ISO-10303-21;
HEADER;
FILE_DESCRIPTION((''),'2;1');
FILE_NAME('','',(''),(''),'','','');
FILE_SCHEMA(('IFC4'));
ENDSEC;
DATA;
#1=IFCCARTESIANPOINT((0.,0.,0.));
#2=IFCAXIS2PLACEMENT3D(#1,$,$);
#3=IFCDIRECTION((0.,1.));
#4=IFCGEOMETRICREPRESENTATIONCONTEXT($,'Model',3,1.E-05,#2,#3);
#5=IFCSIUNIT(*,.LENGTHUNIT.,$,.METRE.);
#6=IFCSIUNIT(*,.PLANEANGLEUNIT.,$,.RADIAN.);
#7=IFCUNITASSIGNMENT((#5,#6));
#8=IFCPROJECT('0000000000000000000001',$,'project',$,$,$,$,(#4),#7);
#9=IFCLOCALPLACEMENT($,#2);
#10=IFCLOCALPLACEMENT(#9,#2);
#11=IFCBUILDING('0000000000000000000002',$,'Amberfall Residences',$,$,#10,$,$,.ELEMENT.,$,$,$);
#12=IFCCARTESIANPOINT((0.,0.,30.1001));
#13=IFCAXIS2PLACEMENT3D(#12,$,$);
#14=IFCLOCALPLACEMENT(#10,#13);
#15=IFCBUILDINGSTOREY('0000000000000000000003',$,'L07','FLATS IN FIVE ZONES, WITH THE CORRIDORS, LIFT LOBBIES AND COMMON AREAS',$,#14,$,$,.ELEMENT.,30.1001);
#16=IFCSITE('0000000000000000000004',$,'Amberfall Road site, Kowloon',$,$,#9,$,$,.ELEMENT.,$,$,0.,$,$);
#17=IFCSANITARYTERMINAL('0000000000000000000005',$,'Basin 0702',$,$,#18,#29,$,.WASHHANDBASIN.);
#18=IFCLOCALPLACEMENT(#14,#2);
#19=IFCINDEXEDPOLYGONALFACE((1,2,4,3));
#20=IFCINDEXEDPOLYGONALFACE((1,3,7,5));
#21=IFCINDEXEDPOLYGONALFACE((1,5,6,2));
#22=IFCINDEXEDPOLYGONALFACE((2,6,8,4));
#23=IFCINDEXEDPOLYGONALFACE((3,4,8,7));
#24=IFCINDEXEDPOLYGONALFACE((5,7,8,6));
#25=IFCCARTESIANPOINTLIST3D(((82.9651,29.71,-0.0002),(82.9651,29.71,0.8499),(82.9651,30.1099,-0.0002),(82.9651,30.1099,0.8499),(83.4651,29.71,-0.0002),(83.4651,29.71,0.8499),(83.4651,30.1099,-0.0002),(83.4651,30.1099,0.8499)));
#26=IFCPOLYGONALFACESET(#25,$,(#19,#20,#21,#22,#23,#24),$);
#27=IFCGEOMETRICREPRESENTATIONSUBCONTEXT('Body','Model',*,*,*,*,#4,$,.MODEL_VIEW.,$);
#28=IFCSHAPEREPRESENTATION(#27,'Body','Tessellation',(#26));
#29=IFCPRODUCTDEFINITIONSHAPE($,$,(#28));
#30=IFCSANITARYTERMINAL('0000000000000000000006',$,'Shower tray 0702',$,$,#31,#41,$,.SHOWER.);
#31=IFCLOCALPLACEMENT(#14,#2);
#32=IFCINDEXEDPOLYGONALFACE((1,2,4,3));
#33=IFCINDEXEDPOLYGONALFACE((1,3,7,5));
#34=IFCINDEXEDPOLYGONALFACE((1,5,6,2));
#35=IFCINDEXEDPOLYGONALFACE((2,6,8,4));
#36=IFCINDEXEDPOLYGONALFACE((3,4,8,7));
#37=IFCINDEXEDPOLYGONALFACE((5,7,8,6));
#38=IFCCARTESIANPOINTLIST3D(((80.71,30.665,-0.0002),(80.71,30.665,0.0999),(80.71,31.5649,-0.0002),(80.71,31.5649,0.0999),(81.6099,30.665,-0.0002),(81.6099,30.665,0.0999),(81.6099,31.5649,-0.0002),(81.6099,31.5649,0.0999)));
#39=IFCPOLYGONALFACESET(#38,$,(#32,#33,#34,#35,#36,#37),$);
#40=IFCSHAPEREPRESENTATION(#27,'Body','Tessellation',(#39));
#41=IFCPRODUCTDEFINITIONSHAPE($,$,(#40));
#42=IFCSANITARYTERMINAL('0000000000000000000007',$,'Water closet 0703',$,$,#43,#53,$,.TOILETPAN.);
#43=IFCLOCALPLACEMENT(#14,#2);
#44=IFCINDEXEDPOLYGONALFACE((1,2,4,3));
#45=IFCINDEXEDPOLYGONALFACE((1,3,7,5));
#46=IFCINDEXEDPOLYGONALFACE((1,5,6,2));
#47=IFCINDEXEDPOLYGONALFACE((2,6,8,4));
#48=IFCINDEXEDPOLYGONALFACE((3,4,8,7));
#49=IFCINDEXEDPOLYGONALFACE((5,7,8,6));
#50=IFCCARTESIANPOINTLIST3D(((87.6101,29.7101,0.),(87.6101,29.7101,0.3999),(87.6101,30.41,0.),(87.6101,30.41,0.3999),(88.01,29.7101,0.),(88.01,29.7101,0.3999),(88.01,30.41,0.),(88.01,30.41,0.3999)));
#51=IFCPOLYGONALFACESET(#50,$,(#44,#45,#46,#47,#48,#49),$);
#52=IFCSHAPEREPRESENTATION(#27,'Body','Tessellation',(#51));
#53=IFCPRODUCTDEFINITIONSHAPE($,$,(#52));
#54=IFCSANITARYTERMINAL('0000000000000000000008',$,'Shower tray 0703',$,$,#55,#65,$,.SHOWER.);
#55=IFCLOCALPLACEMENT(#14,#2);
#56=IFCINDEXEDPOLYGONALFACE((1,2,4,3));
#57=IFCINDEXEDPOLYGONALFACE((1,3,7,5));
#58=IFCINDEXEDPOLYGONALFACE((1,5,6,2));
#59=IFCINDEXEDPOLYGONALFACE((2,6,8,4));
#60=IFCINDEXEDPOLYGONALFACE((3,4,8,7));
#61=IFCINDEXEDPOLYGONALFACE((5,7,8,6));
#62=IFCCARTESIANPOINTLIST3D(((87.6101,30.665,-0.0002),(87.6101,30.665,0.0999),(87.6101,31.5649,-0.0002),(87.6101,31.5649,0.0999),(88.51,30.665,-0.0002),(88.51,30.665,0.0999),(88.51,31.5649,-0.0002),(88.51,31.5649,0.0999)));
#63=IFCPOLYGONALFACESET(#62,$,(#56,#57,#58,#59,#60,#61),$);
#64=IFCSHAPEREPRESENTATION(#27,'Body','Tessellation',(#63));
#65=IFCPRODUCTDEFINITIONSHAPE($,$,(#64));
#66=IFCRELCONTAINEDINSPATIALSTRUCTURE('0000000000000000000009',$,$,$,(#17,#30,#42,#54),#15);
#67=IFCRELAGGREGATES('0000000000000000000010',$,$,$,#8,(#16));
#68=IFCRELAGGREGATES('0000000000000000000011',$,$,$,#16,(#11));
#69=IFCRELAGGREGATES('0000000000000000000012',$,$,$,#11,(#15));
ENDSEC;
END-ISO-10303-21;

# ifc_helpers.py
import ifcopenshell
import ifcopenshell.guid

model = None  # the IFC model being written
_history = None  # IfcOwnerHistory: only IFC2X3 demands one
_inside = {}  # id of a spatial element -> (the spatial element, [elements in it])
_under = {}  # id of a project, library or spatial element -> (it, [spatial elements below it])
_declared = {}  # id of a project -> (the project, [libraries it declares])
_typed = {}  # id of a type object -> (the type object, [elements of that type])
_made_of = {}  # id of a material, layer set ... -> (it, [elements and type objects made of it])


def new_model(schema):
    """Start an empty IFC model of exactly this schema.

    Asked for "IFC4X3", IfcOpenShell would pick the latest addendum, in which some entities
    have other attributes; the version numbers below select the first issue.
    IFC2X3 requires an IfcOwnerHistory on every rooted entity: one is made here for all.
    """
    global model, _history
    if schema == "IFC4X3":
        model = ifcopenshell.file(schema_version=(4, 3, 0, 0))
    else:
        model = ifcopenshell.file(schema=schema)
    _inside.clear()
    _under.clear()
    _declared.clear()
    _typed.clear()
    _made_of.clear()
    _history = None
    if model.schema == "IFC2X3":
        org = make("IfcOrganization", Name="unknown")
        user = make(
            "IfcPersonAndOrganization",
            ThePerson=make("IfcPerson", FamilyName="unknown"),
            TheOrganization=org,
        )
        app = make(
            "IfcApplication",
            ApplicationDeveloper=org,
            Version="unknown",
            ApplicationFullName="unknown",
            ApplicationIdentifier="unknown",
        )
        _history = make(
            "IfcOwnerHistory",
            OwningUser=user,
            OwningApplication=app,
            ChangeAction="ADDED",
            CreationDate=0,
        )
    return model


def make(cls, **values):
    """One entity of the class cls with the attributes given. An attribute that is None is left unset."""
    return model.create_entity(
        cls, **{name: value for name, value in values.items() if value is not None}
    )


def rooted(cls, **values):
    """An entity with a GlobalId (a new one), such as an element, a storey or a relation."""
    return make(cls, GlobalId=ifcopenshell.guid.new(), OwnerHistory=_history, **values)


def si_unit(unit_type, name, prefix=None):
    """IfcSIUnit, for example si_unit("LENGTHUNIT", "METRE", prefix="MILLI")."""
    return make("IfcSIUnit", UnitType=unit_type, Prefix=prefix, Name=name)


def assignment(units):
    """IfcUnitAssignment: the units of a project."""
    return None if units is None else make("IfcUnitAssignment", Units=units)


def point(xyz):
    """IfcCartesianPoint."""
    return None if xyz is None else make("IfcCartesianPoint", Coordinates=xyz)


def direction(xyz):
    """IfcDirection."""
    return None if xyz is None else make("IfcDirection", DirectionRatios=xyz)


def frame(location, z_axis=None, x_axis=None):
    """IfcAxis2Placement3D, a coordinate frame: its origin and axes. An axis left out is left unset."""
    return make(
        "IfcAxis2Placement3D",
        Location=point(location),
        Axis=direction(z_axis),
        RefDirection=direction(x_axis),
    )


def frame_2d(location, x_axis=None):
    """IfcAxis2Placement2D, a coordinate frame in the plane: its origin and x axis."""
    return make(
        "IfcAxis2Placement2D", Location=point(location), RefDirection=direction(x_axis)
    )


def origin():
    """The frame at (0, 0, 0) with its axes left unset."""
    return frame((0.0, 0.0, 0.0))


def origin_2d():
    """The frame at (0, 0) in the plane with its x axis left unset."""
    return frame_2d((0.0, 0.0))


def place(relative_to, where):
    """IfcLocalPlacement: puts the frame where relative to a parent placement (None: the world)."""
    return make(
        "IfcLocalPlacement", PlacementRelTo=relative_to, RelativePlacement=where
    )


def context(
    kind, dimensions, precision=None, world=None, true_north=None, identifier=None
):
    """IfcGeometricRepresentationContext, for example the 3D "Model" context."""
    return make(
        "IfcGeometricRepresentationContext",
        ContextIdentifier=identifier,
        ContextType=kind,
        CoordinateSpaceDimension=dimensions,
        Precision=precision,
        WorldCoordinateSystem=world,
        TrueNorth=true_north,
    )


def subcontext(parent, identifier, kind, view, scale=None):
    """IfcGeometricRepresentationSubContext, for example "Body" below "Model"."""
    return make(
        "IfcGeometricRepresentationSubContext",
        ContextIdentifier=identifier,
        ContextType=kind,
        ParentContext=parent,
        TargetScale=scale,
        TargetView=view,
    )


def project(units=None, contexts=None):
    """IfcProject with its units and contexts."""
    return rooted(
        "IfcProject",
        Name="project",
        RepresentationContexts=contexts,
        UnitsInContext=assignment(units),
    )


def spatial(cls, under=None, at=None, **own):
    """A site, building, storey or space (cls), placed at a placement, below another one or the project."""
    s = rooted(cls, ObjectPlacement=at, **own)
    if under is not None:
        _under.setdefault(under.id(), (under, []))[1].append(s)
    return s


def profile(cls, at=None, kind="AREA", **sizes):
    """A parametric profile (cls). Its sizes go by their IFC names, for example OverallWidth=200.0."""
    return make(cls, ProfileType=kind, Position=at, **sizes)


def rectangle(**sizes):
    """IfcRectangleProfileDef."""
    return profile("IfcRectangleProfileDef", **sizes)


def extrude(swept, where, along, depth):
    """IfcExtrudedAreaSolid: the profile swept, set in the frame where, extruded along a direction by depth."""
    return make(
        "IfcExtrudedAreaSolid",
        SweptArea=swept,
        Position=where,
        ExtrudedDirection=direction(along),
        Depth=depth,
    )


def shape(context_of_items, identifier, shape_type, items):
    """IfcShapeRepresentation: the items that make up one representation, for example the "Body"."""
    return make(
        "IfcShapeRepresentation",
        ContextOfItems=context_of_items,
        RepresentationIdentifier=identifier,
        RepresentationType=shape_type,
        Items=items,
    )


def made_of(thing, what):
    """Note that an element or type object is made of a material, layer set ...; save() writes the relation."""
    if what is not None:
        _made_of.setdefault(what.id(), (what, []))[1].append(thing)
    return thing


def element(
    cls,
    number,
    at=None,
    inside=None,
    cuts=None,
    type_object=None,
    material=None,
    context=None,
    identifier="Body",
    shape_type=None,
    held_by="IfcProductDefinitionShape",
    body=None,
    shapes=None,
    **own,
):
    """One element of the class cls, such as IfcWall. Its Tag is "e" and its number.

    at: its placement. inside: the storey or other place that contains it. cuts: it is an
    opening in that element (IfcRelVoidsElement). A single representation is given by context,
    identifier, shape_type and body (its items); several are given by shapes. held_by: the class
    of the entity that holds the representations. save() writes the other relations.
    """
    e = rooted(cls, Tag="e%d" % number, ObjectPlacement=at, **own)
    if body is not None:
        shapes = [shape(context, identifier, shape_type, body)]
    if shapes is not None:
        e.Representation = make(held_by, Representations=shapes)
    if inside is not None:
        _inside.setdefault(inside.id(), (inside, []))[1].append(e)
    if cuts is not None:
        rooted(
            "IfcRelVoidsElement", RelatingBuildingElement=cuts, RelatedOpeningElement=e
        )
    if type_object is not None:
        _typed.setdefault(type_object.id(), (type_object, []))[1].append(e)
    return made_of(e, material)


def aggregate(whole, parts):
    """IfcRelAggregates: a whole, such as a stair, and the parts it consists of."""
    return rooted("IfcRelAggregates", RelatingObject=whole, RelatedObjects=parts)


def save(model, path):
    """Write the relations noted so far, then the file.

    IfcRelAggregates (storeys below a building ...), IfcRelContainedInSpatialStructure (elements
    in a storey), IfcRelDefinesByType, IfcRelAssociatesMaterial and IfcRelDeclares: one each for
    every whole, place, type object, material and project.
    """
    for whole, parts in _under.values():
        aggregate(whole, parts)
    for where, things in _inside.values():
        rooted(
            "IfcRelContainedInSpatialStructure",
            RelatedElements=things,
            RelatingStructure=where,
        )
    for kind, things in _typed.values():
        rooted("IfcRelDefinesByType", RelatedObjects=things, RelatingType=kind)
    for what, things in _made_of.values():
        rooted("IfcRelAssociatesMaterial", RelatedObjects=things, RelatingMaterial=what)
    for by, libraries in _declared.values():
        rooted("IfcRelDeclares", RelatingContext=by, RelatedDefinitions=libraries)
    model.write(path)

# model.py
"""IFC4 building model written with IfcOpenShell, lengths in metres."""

from ifc_helpers import new_model, si_unit, direction, frame, origin, origin_2d, place, context, subcontext, project, spatial, rectangle, extrude, element, save


model = new_model("IFC4")

# Units and contexts
model_context = context("Model", 3, precision=1e-05, world=origin(), true_north=direction((0.0, 1.0)))
body_context = subcontext(model_context, "Body", "Model", "MODEL_VIEW")
ifc_project = project(units=[si_unit("LENGTHUNIT", "METRE"), si_unit("PLANEANGLEUNIT", "RADIAN")], contexts=[model_context])

# Site, building, storey
site_placement = place(None, origin())
site = spatial("IfcSite", under=ifc_project, at=site_placement, Name="Amberfall Road site, Kowloon", CompositionType="ELEMENT", RefElevation=0.0)
building_placement = place(site_placement, origin())
building = spatial("IfcBuilding", under=site, at=building_placement, Name="Amberfall Residences", CompositionType="ELEMENT")
storey_placement = place(building_placement, frame((0.0, 0.0, 30.1001)))
storey = spatial("IfcBuildingStorey", under=building, at=storey_placement, Name="L07", Description="FLATS IN FIVE ZONES, WITH THE CORRIDORS, LIFT LOBBIES AND COMMON AREAS", CompositionType="ELEMENT", Elevation=30.1001)

# Sanitary terminals
sanitary_terminal_1_placement = place(storey_placement, frame((83.2151, 29.9099, -0.0002), z_axis=(0.0, 0.0, 1.0), x_axis=(1.0, 0.0, 0.0)))
element("IfcSanitaryTerminal", 1, at=sanitary_terminal_1_placement, inside=storey, Name="Basin 0702", PredefinedType="WASHHANDBASIN", context=body_context, shape_type="SweptSolid", body=[
    extrude(rectangle(XDim=0.5, YDim=0.3999, at=origin_2d()), origin(), (0.0, 0.0, 1.0), 0.8501),
])
sanitary_terminal_2_placement = place(storey_placement, frame((81.1599, 31.115, -0.0002), z_axis=(0.0, 0.0, 1.0), x_axis=(1.0, 0.0, 0.0)))
element("IfcSanitaryTerminal", 2, at=sanitary_terminal_2_placement, inside=storey, Name="Shower tray 0702", PredefinedType="SHOWER", context=body_context, shape_type="SweptSolid", body=[
    extrude(rectangle(XDim=0.8999, YDim=0.8999, at=origin_2d()), origin(), (0.0, 0.0, 1.0), 0.1001),
])
sanitary_terminal_3_placement = place(storey_placement, frame((87.8101, 30.0601, 0.0), z_axis=(0.0, 0.0, 1.0), x_axis=(1.0, 0.0, 0.0)))
element("IfcSanitaryTerminal", 3, at=sanitary_terminal_3_placement, inside=storey, Name="Water closet 0703", PredefinedType="TOILETPAN", context=body_context, shape_type="SweptSolid", body=[
    extrude(rectangle(XDim=0.3999, YDim=0.7, at=origin_2d()), origin(), (0.0, 0.0, 1.0), 0.3999),
])
sanitary_terminal_4_placement = place(storey_placement, frame((88.0601, 31.115, -0.0002), z_axis=(0.0, 0.0, 1.0), x_axis=(1.0, 0.0, 0.0)))
element("IfcSanitaryTerminal", 4, at=sanitary_terminal_4_placement, inside=storey, Name="Shower tray 0703", PredefinedType="SHOWER", context=body_context, shape_type="SweptSolid", body=[
    extrude(rectangle(XDim=0.8999, YDim=0.8999, at=origin_2d()), origin(), (0.0, 0.0, 1.0), 0.1001),
])

save(model, "model.ifc")
